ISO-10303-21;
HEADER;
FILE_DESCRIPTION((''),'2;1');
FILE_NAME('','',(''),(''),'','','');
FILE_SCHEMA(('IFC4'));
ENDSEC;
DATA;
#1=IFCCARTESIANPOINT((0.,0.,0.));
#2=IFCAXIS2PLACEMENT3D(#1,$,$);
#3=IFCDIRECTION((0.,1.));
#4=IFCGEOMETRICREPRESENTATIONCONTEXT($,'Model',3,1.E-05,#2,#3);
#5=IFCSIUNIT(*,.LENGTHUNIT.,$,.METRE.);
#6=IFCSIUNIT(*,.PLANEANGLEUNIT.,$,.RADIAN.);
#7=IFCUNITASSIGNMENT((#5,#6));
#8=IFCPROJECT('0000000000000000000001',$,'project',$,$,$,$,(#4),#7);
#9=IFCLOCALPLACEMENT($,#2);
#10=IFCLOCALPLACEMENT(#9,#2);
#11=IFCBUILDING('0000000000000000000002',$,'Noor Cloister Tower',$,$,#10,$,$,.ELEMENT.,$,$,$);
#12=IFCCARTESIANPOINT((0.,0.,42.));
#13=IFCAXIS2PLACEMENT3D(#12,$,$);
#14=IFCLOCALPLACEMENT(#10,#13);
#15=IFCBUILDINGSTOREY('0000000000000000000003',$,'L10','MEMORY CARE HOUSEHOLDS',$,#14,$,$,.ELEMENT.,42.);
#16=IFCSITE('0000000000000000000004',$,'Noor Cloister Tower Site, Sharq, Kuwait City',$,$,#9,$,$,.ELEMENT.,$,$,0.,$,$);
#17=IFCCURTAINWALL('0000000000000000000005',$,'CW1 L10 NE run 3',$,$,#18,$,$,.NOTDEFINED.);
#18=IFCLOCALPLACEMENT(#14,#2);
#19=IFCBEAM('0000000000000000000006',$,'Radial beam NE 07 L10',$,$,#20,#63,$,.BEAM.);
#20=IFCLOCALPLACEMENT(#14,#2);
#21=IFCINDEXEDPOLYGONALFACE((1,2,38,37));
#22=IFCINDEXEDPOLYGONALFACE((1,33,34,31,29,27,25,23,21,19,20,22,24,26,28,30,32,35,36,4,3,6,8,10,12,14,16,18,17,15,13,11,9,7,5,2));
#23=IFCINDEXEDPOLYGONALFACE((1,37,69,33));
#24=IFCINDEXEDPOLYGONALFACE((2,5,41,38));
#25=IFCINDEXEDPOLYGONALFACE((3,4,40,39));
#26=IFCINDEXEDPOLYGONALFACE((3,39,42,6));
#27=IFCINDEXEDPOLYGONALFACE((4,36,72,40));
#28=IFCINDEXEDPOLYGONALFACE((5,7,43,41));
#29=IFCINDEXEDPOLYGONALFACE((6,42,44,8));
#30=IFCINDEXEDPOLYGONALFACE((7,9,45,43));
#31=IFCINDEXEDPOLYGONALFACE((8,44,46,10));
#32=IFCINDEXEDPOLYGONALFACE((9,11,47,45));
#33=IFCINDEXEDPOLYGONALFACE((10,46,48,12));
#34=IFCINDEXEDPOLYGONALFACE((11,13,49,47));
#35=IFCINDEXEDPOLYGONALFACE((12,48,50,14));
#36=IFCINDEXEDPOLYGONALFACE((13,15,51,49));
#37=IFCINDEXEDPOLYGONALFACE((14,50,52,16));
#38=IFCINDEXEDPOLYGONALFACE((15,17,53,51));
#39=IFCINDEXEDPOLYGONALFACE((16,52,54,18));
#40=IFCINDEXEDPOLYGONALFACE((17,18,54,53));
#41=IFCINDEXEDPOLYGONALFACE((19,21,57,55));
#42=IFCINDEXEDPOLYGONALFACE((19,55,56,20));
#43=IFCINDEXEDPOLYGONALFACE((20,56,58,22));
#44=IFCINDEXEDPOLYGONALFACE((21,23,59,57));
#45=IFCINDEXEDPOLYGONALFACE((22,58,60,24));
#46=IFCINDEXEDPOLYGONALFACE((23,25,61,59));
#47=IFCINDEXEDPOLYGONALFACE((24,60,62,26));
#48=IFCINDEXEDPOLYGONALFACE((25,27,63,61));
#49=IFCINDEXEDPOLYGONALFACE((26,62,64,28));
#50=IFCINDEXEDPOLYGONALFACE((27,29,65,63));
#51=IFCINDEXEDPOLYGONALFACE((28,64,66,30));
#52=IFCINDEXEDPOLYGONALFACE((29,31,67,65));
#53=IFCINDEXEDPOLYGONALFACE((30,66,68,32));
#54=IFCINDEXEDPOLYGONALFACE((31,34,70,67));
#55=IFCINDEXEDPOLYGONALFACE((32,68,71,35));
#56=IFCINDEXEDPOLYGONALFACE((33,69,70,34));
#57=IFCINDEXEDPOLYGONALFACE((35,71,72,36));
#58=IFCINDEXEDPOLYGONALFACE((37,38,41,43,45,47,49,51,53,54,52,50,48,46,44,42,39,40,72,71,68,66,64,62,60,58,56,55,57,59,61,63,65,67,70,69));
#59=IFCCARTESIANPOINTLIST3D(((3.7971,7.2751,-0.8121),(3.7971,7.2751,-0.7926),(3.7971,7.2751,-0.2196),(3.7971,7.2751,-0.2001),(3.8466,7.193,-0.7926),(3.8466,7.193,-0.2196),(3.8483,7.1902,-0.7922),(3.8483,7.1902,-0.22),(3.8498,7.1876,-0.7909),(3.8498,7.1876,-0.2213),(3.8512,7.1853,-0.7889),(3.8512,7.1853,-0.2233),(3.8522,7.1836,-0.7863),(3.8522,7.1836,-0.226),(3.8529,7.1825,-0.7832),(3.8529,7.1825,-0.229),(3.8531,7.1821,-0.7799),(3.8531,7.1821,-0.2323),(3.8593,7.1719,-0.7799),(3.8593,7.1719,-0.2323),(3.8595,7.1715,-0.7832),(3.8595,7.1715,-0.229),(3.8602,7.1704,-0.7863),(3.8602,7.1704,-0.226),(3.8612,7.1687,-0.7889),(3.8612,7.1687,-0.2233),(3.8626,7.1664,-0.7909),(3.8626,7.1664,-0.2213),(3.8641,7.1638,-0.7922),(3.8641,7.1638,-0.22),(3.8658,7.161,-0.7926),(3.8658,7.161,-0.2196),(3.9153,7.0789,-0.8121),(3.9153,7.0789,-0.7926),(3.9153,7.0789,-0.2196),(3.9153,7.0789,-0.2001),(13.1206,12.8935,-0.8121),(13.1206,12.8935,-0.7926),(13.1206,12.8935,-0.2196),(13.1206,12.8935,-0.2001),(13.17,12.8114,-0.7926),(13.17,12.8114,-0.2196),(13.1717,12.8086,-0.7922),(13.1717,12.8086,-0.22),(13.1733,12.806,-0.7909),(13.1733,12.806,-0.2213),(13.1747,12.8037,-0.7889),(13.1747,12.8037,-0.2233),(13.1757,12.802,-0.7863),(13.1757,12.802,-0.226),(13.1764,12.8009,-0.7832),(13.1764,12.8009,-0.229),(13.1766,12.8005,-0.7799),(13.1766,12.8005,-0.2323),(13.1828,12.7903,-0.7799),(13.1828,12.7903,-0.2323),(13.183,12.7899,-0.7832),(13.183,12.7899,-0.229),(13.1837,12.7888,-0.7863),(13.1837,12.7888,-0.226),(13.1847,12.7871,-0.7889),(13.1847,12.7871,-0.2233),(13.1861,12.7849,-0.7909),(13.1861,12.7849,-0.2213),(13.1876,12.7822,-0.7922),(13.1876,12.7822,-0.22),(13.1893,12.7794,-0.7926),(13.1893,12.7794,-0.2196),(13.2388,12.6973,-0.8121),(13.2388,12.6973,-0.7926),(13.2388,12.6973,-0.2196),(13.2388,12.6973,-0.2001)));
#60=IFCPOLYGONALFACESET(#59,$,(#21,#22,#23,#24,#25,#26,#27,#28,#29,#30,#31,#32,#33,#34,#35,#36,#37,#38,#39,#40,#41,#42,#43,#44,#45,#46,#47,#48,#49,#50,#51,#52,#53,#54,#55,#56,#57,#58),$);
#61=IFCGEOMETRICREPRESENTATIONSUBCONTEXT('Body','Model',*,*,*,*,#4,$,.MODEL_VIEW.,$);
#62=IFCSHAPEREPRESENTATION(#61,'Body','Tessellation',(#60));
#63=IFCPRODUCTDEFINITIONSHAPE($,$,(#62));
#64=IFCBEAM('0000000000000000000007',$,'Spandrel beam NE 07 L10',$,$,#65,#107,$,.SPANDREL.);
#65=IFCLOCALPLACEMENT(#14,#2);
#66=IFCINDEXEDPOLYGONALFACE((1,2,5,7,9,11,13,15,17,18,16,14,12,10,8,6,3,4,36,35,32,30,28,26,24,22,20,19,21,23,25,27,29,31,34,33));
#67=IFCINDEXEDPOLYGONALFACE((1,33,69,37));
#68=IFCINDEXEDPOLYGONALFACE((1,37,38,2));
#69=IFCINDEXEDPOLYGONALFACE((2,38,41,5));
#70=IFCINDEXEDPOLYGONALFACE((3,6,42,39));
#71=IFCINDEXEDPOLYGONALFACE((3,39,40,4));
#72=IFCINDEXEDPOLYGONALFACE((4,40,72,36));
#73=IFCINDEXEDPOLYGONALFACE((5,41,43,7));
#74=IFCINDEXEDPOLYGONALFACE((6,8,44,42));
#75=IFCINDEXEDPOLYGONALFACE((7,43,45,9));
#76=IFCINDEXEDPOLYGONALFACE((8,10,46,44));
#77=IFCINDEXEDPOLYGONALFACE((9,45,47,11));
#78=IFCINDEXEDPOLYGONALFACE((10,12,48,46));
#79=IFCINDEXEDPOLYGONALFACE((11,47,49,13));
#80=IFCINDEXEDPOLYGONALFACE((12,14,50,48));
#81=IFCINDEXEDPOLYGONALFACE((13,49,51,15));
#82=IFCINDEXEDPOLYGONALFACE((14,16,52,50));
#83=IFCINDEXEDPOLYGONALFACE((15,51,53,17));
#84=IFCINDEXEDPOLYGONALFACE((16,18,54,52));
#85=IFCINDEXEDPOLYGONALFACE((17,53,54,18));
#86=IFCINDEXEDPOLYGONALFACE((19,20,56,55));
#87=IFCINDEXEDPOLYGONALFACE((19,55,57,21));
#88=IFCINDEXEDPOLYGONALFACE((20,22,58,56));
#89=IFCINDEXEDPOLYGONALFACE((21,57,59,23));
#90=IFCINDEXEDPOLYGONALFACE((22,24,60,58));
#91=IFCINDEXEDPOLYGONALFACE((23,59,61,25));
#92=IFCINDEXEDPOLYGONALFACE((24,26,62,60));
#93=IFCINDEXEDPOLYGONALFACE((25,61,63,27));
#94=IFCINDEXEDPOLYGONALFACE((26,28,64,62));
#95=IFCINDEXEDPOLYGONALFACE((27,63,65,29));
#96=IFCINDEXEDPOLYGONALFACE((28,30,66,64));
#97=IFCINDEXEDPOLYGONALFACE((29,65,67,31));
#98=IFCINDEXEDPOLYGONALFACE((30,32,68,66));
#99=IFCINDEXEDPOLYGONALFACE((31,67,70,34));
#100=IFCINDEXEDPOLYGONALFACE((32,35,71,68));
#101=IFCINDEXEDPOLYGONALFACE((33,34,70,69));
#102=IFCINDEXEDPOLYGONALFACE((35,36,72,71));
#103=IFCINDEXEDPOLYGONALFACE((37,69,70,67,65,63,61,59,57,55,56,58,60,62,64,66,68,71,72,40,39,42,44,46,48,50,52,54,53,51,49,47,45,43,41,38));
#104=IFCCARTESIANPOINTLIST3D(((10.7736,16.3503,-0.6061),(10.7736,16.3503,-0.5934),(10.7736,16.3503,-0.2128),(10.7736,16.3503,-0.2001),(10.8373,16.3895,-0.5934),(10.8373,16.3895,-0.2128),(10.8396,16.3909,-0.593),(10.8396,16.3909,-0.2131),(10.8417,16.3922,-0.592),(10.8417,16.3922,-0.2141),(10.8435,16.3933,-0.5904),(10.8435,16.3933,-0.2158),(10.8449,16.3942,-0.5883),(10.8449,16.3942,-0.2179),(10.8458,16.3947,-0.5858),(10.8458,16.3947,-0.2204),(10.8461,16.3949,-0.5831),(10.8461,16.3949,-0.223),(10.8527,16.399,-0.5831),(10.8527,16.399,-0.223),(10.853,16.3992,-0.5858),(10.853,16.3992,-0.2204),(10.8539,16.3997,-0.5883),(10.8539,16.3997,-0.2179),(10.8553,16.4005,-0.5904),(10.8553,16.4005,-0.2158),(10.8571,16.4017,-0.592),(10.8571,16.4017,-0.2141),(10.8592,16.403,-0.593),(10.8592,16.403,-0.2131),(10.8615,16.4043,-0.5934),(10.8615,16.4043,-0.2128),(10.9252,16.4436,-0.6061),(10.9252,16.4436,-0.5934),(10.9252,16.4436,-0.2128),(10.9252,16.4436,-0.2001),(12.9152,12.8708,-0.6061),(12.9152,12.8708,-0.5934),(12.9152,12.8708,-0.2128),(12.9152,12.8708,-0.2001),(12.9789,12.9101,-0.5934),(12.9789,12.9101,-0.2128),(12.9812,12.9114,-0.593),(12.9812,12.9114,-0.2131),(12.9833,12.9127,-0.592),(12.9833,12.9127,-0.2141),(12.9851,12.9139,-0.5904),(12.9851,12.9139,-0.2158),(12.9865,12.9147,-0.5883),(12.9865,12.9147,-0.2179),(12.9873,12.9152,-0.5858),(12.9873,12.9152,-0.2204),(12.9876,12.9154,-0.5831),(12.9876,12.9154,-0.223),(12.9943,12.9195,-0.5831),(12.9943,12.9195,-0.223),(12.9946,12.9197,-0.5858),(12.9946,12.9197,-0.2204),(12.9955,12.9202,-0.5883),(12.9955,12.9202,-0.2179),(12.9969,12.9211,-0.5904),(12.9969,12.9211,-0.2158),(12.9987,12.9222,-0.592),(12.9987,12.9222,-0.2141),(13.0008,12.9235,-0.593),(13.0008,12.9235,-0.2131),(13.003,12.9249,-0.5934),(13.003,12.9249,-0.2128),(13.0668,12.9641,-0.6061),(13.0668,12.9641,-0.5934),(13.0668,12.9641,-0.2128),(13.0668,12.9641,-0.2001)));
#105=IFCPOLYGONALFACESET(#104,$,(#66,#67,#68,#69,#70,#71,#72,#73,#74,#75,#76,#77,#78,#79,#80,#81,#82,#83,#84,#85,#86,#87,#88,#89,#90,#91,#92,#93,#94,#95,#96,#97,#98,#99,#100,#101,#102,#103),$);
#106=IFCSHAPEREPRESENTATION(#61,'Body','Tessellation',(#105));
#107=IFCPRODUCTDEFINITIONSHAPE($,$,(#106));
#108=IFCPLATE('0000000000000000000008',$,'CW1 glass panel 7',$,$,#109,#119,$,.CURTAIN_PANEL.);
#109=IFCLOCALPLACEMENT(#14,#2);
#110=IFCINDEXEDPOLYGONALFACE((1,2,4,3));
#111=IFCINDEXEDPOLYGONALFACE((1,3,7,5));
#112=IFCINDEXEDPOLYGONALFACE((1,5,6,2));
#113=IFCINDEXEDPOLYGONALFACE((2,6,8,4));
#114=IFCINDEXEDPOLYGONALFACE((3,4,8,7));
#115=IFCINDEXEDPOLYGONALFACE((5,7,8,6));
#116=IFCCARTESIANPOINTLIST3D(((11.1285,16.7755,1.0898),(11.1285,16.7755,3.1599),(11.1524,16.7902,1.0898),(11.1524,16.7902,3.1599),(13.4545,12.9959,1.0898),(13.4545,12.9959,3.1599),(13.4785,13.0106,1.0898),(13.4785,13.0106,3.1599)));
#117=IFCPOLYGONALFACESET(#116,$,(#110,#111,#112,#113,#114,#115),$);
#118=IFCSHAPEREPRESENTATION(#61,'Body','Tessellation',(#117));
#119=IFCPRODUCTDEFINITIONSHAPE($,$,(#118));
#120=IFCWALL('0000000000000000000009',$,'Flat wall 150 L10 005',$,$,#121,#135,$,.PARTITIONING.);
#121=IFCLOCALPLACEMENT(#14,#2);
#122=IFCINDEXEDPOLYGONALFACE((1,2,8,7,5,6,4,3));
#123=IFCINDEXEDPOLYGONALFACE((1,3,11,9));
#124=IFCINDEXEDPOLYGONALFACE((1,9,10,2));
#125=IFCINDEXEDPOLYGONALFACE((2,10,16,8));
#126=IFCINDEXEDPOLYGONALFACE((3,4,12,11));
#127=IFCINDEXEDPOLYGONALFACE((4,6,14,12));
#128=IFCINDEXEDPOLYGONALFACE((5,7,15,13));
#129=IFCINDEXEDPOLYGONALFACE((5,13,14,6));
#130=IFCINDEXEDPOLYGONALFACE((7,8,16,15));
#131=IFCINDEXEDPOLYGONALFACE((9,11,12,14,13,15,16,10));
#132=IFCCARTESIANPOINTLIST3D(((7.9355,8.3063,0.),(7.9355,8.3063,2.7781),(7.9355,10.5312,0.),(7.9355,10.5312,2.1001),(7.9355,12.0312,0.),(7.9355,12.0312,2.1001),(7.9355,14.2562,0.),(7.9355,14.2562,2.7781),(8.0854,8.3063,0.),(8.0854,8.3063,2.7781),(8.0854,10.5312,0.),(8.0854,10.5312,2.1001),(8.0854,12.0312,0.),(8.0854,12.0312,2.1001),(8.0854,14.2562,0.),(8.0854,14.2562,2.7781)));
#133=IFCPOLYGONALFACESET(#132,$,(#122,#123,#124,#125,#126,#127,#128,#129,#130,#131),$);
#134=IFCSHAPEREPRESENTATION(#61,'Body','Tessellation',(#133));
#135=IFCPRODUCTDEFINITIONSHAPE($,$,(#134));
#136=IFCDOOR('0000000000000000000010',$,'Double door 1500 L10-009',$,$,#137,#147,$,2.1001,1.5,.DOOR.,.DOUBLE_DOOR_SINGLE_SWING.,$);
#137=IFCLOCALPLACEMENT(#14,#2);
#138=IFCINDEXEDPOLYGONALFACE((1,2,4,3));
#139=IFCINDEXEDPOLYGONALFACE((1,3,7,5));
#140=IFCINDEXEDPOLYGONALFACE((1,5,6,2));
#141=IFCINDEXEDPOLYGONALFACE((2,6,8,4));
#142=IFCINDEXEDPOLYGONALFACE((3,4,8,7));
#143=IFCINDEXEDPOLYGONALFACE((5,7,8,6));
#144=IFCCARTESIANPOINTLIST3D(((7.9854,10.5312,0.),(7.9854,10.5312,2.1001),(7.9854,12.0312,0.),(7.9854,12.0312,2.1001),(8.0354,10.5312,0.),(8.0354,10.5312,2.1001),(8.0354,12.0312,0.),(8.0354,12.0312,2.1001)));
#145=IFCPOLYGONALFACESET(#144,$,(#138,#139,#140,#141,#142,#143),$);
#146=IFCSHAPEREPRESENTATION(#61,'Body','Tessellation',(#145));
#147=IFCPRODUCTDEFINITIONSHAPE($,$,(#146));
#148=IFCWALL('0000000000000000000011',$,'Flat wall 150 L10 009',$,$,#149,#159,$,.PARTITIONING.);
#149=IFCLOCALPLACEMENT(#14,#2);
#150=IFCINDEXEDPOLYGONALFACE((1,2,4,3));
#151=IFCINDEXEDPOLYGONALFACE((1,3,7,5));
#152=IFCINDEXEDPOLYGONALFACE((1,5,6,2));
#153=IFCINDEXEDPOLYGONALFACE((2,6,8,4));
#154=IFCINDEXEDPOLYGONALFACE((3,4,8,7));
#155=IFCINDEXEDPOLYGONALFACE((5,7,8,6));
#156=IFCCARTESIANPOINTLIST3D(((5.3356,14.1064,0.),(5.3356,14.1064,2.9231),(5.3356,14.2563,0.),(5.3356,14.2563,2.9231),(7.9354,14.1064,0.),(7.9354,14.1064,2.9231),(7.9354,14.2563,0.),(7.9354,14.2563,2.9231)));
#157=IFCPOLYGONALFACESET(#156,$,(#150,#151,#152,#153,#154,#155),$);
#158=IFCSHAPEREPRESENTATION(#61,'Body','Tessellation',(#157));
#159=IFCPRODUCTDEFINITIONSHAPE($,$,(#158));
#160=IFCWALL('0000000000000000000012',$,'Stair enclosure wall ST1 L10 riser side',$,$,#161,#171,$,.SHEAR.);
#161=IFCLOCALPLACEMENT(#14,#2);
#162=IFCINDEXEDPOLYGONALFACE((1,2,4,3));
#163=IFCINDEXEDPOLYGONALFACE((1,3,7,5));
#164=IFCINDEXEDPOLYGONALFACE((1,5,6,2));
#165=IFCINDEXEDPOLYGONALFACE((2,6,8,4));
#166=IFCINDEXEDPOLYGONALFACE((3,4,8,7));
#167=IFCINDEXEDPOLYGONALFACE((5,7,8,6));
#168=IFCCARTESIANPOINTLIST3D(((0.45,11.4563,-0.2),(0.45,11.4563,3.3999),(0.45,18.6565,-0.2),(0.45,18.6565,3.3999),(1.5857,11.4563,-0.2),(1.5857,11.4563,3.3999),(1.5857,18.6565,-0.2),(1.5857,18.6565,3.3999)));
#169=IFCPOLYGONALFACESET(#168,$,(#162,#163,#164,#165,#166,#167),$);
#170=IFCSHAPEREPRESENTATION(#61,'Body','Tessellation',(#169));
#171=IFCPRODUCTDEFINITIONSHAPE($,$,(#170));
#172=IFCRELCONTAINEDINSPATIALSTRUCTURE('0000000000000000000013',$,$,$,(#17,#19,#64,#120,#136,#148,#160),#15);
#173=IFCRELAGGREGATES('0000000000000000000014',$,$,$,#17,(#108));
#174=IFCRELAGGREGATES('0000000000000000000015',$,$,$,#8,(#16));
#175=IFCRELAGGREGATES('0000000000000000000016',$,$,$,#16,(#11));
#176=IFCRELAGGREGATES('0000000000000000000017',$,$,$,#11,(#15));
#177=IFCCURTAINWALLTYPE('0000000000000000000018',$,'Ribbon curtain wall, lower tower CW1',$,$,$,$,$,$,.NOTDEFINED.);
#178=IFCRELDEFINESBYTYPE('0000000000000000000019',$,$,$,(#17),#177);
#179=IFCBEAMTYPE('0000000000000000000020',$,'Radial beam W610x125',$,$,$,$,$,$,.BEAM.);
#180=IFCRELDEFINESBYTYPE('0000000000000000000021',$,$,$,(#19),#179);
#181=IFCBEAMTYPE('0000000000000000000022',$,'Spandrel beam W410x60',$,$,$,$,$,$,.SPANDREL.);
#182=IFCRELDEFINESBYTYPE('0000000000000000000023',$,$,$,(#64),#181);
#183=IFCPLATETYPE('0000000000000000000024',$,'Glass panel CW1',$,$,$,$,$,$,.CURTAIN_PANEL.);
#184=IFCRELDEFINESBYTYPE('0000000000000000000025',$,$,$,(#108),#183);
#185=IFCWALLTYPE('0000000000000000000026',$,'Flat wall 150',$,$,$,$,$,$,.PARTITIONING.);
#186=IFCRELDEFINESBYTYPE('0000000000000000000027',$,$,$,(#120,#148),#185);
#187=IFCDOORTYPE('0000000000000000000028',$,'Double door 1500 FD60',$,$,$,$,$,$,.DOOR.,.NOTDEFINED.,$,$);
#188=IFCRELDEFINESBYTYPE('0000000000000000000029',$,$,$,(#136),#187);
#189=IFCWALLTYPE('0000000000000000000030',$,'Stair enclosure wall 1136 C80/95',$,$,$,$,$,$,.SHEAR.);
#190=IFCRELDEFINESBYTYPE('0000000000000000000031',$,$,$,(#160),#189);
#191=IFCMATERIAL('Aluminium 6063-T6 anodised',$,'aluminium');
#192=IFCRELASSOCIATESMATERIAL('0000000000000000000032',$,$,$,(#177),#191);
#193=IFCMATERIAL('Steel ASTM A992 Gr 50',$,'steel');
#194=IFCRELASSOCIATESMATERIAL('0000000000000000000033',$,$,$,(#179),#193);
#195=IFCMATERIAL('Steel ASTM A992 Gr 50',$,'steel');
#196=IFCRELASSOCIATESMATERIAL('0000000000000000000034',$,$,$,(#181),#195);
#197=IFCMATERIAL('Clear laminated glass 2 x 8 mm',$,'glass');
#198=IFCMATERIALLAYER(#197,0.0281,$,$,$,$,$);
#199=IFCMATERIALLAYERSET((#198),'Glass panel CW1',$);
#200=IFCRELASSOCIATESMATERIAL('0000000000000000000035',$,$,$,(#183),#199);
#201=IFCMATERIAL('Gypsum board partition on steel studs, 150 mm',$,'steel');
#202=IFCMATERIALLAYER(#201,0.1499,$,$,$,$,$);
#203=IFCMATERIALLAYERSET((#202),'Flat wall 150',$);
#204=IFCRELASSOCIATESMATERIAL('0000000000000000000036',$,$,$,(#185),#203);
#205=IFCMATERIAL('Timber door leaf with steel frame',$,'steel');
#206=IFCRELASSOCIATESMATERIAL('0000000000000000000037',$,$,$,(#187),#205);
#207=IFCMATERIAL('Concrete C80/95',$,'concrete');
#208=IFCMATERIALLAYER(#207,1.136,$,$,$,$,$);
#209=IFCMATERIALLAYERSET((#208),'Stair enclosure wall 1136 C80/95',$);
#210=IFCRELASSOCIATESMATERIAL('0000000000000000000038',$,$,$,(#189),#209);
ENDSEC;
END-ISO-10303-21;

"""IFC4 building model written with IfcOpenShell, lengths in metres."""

from ifc_helpers import new_model, si_unit, direction, frame, frame_2d, origin, origin_2d, place, context, subcontext, project, spatial, rectangle, i_section, extrude, material, layer, layer_set, material_profile, profile_set, type_object, element, fill, aggregate, save


model = new_model("IFC4")

# Units and contexts
model_context = context("Model", 3, precision=1e-05, world=origin(), true_north=direction((0.0, 1.0)))
body_context = subcontext(model_context, "Body", "Model", "MODEL_VIEW")
ifc_project = project(units=[si_unit("LENGTHUNIT", "METRE"), si_unit("PLANEANGLEUNIT", "RADIAN")], contexts=[model_context])

# Site, building, storey
site_placement = place(None, origin())
site = spatial("IfcSite", under=ifc_project, at=site_placement, Name="Noor Cloister Tower Site, Sharq, Kuwait City", CompositionType="ELEMENT", RefElevation=0.0)
building_placement = place(site_placement, origin())
building = spatial("IfcBuilding", under=site, at=building_placement, Name="Noor Cloister Tower", CompositionType="ELEMENT")
storey_placement = place(building_placement, frame((0.0, 0.0, 42.0)))
storey = spatial("IfcBuildingStorey", under=building, at=storey_placement, Name="L10", Description="MEMORY CARE HOUSEHOLDS", CompositionType="ELEMENT", Elevation=42.0)

# Curtain wall
ifc_material_1 = material(Name="Aluminium 6063-T6 anodised", Category="aluminium")
curtain_wall_type = type_object("IfcCurtainWallType", Name="Ribbon curtain wall, lower tower CW1", PredefinedType="NOTDEFINED", material=ifc_material_1)
curtain_wall_placement = place(storey_placement, origin())
curtain_wall = element("IfcCurtainWall", 1, at=curtain_wall_placement, inside=storey, type_object=curtain_wall_type, Name="CW1 L10 NE run 3", PredefinedType="NOTDEFINED")

# Beams
ifc_material_2 = material(Name="Steel ASTM A992 Gr 50", Category="steel")
ifc_material_profile_1 = material_profile(ifc_material_2, i_section(OverallWidth=0.229, OverallDepth=0.6121, WebThickness=0.012, FlangeThickness=0.0195, FilletRadius=0.0127, at=origin_2d()), Name="W610x125")
ifc_profile_set_1 = profile_set([ifc_material_profile_1], Name="Steel ASTM A992 Gr 50")
beam_type_1 = type_object("IfcBeamType", Name="Radial beam W610x125", PredefinedType="BEAM", material=ifc_profile_set_1)
beam_1_placement = place(storey_placement, frame((13.1797, 12.7954, -0.5061), z_axis=(-0.856506, -0.516137, 0.0), x_axis=(0.516137, -0.856506, 0.0)))
element("IfcBeam", 2, at=beam_1_placement, inside=storey, type_object=beam_type_1, Name="Radial beam NE 07 L10", PredefinedType="BEAM", context=body_context, shape_type="SweptSolid", body=[
    extrude(i_section(OverallWidth=0.229, OverallDepth=0.6121, WebThickness=0.012, FlangeThickness=0.0195, FilletRadius=0.0127, at=origin_2d()), origin(), (0.0, 0.0, 1.0), 10.8855),
])
ifc_material_3 = material(Name="Steel ASTM A992 Gr 50", Category="steel")
ifc_material_profile_2 = material_profile(ifc_material_3, i_section(OverallWidth=0.178, OverallDepth=0.406, WebThickness=0.0078, FlangeThickness=0.0127, FilletRadius=0.0103, at=origin_2d()), Name="W410x60")
ifc_profile_set_2 = profile_set([ifc_material_profile_2], Name="Steel ASTM A992 Gr 50")
beam_type_2 = type_object("IfcBeamType", Name="Spandrel beam W410x60", PredefinedType="SPANDREL", material=ifc_profile_set_2)
beam_2_placement = place(storey_placement, frame((12.991, 12.9175, -0.4031), z_axis=(-0.524164, 0.851617, 0.0), x_axis=(-0.851617, -0.524164, 0.0)))
element("IfcBeam", 3, at=beam_2_placement, inside=storey, type_object=beam_type_2, Name="Spandrel beam NE 07 L10", PredefinedType="SPANDREL", context=body_context, shape_type="SweptSolid", body=[
    extrude(i_section(OverallWidth=0.178, OverallDepth=0.406, WebThickness=0.0078, FlangeThickness=0.0127, FilletRadius=0.0103, at=origin_2d()), origin(), (0.0, 0.0, 1.0), 4.0857),
])

# Plate
ifc_material_4 = material(Name="Clear laminated glass 2 x 8 mm", Category="glass")
ifc_layer_1 = layer(ifc_material_4, 0.0281)
ifc_layer_set_1 = layer_set([ifc_layer_1], Name="Glass panel CW1")
plate_type = type_object("IfcPlateType", Name="Glass panel CW1", PredefinedType="CURTAIN_PANEL", material=ifc_layer_set_1)
plate_placement = place(storey_placement, frame((12.3035, 14.8931, 1.0898), z_axis=(0.0, 0.0, 1.0), x_axis=(-0.524127, 0.85164, 0.0)))
plate = element("IfcPlate", 4, at=plate_placement, type_object=plate_type, Name="CW1 glass panel 7", PredefinedType="CURTAIN_PANEL", context=body_context, shape_type="SweptSolid", body=[
    extrude(rectangle(XDim=4.438, YDim=0.0281, at=origin_2d()), origin(), (0.0, 0.0, 1.0), 2.0701),
])
aggregate(curtain_wall, [plate])

# Wall, opening, door
ifc_material_5 = material(Name="Gypsum board partition on steel studs, 150 mm", Category="steel")
ifc_layer_2 = layer(ifc_material_5, 0.1499)
ifc_layer_set_2 = layer_set([ifc_layer_2], Name="Flat wall 150")
wall_type_1 = type_object("IfcWallType", Name="Flat wall 150", PredefinedType="PARTITIONING", material=ifc_layer_set_2)
wall_1_placement = place(storey_placement, frame((8.0105, 14.2563, 0.0), z_axis=(0.0, 0.0, 1.0), x_axis=(0.0, -1.0, 0.0)))
wall_1 = element("IfcWall", 5, at=wall_1_placement, inside=storey, type_object=wall_type_1, Name="Flat wall 150 L10 005", PredefinedType="PARTITIONING", context=body_context, shape_type="SweptSolid", body=[
    extrude(rectangle(XDim=5.95, YDim=0.1499, at=frame_2d((2.9751, 0.0))), origin(), (0.0, 0.0, 1.0), 2.7781),
])
opening_1_placement = place(wall_1_placement, frame((2.2251, 0.0, 0.0)))
opening_1 = element("IfcOpeningElement", 6, at=opening_1_placement, cuts=wall_1, PredefinedType="OPENING", context=body_context, shape_type="SweptSolid", body=[
    extrude(rectangle(XDim=1.5, YDim=2.1001, at=frame_2d((0.75, 1.05))), frame((0.0, 0.085, 0.0), z_axis=(0.0, -1.0, 0.0), x_axis=(1.0, 0.0, 0.0)), (0.0, 0.0, 1.0), 0.1699),
])
ifc_material_6 = material(Name="Timber door leaf with steel frame", Category="steel")
door_type_1 = type_object("IfcDoorType", Name="Double door 1500 FD60", OperationType="NOTDEFINED", PredefinedType="DOOR", material=ifc_material_6)
door_1_placement = place(opening_1_placement, origin())
door_1 = element("IfcDoor", 7, at=door_1_placement, inside=storey, type_object=door_type_1, Name="Double door 1500 L10-009", OperationType="DOUBLE_DOOR_SINGLE_SWING", OverallHeight=2.1001, OverallWidth=1.5, PredefinedType="DOOR", context=body_context, shape_type="SweptSolid", body=[
    extrude(rectangle(XDim=1.5, YDim=2.1001, at=frame_2d((0.75, 1.05))), frame((0.0, 0.0249, 0.0), z_axis=(0.0, -1.0, 0.0), x_axis=(1.0, 0.0, 0.0)), (0.0, 0.0, 1.0), 0.05),
])
fill(opening_1, door_1)

# Walls
wall_2_placement = place(storey_placement, frame((5.3357, 14.1814, 0.0), z_axis=(0.0, 0.0, 1.0), x_axis=(1.0, 0.0, 0.0)))
element("IfcWall", 8, at=wall_2_placement, inside=storey, type_object=wall_type_1, Name="Flat wall 150 L10 009", PredefinedType="PARTITIONING", context=body_context, shape_type="SweptSolid", body=[
    extrude(rectangle(XDim=2.5999, YDim=0.1499, at=frame_2d((1.2998, 0.0))), origin(), (0.0, 0.0, 1.0), 2.9231),
])
ifc_material_7 = material(Name="Concrete C80/95", Category="concrete")
ifc_layer_3 = layer(ifc_material_7, 1.136)
ifc_layer_set_3 = layer_set([ifc_layer_3], Name="Stair enclosure wall 1136 C80/95")
wall_type_2 = type_object("IfcWallType", Name="Stair enclosure wall 1136 C80/95", PredefinedType="SHEAR", material=ifc_layer_set_3)
wall_3_placement = place(storey_placement, frame((1.0178, 11.4563, -0.2), z_axis=(0.0, 0.0, 1.0), x_axis=(0.0, 1.0, 0.0)))
element("IfcWall", 9, at=wall_3_placement, inside=storey, type_object=wall_type_2, Name="Stair enclosure wall ST1 L10 riser side", PredefinedType="SHEAR", context=body_context, shape_type="SweptSolid", body=[
    extrude(rectangle(XDim=7.2002, YDim=1.1357, at=frame_2d((3.6001, 0.0))), origin(), (0.0, 0.0, 1.0), 3.5999),
])

save(model, "model.ifc")
